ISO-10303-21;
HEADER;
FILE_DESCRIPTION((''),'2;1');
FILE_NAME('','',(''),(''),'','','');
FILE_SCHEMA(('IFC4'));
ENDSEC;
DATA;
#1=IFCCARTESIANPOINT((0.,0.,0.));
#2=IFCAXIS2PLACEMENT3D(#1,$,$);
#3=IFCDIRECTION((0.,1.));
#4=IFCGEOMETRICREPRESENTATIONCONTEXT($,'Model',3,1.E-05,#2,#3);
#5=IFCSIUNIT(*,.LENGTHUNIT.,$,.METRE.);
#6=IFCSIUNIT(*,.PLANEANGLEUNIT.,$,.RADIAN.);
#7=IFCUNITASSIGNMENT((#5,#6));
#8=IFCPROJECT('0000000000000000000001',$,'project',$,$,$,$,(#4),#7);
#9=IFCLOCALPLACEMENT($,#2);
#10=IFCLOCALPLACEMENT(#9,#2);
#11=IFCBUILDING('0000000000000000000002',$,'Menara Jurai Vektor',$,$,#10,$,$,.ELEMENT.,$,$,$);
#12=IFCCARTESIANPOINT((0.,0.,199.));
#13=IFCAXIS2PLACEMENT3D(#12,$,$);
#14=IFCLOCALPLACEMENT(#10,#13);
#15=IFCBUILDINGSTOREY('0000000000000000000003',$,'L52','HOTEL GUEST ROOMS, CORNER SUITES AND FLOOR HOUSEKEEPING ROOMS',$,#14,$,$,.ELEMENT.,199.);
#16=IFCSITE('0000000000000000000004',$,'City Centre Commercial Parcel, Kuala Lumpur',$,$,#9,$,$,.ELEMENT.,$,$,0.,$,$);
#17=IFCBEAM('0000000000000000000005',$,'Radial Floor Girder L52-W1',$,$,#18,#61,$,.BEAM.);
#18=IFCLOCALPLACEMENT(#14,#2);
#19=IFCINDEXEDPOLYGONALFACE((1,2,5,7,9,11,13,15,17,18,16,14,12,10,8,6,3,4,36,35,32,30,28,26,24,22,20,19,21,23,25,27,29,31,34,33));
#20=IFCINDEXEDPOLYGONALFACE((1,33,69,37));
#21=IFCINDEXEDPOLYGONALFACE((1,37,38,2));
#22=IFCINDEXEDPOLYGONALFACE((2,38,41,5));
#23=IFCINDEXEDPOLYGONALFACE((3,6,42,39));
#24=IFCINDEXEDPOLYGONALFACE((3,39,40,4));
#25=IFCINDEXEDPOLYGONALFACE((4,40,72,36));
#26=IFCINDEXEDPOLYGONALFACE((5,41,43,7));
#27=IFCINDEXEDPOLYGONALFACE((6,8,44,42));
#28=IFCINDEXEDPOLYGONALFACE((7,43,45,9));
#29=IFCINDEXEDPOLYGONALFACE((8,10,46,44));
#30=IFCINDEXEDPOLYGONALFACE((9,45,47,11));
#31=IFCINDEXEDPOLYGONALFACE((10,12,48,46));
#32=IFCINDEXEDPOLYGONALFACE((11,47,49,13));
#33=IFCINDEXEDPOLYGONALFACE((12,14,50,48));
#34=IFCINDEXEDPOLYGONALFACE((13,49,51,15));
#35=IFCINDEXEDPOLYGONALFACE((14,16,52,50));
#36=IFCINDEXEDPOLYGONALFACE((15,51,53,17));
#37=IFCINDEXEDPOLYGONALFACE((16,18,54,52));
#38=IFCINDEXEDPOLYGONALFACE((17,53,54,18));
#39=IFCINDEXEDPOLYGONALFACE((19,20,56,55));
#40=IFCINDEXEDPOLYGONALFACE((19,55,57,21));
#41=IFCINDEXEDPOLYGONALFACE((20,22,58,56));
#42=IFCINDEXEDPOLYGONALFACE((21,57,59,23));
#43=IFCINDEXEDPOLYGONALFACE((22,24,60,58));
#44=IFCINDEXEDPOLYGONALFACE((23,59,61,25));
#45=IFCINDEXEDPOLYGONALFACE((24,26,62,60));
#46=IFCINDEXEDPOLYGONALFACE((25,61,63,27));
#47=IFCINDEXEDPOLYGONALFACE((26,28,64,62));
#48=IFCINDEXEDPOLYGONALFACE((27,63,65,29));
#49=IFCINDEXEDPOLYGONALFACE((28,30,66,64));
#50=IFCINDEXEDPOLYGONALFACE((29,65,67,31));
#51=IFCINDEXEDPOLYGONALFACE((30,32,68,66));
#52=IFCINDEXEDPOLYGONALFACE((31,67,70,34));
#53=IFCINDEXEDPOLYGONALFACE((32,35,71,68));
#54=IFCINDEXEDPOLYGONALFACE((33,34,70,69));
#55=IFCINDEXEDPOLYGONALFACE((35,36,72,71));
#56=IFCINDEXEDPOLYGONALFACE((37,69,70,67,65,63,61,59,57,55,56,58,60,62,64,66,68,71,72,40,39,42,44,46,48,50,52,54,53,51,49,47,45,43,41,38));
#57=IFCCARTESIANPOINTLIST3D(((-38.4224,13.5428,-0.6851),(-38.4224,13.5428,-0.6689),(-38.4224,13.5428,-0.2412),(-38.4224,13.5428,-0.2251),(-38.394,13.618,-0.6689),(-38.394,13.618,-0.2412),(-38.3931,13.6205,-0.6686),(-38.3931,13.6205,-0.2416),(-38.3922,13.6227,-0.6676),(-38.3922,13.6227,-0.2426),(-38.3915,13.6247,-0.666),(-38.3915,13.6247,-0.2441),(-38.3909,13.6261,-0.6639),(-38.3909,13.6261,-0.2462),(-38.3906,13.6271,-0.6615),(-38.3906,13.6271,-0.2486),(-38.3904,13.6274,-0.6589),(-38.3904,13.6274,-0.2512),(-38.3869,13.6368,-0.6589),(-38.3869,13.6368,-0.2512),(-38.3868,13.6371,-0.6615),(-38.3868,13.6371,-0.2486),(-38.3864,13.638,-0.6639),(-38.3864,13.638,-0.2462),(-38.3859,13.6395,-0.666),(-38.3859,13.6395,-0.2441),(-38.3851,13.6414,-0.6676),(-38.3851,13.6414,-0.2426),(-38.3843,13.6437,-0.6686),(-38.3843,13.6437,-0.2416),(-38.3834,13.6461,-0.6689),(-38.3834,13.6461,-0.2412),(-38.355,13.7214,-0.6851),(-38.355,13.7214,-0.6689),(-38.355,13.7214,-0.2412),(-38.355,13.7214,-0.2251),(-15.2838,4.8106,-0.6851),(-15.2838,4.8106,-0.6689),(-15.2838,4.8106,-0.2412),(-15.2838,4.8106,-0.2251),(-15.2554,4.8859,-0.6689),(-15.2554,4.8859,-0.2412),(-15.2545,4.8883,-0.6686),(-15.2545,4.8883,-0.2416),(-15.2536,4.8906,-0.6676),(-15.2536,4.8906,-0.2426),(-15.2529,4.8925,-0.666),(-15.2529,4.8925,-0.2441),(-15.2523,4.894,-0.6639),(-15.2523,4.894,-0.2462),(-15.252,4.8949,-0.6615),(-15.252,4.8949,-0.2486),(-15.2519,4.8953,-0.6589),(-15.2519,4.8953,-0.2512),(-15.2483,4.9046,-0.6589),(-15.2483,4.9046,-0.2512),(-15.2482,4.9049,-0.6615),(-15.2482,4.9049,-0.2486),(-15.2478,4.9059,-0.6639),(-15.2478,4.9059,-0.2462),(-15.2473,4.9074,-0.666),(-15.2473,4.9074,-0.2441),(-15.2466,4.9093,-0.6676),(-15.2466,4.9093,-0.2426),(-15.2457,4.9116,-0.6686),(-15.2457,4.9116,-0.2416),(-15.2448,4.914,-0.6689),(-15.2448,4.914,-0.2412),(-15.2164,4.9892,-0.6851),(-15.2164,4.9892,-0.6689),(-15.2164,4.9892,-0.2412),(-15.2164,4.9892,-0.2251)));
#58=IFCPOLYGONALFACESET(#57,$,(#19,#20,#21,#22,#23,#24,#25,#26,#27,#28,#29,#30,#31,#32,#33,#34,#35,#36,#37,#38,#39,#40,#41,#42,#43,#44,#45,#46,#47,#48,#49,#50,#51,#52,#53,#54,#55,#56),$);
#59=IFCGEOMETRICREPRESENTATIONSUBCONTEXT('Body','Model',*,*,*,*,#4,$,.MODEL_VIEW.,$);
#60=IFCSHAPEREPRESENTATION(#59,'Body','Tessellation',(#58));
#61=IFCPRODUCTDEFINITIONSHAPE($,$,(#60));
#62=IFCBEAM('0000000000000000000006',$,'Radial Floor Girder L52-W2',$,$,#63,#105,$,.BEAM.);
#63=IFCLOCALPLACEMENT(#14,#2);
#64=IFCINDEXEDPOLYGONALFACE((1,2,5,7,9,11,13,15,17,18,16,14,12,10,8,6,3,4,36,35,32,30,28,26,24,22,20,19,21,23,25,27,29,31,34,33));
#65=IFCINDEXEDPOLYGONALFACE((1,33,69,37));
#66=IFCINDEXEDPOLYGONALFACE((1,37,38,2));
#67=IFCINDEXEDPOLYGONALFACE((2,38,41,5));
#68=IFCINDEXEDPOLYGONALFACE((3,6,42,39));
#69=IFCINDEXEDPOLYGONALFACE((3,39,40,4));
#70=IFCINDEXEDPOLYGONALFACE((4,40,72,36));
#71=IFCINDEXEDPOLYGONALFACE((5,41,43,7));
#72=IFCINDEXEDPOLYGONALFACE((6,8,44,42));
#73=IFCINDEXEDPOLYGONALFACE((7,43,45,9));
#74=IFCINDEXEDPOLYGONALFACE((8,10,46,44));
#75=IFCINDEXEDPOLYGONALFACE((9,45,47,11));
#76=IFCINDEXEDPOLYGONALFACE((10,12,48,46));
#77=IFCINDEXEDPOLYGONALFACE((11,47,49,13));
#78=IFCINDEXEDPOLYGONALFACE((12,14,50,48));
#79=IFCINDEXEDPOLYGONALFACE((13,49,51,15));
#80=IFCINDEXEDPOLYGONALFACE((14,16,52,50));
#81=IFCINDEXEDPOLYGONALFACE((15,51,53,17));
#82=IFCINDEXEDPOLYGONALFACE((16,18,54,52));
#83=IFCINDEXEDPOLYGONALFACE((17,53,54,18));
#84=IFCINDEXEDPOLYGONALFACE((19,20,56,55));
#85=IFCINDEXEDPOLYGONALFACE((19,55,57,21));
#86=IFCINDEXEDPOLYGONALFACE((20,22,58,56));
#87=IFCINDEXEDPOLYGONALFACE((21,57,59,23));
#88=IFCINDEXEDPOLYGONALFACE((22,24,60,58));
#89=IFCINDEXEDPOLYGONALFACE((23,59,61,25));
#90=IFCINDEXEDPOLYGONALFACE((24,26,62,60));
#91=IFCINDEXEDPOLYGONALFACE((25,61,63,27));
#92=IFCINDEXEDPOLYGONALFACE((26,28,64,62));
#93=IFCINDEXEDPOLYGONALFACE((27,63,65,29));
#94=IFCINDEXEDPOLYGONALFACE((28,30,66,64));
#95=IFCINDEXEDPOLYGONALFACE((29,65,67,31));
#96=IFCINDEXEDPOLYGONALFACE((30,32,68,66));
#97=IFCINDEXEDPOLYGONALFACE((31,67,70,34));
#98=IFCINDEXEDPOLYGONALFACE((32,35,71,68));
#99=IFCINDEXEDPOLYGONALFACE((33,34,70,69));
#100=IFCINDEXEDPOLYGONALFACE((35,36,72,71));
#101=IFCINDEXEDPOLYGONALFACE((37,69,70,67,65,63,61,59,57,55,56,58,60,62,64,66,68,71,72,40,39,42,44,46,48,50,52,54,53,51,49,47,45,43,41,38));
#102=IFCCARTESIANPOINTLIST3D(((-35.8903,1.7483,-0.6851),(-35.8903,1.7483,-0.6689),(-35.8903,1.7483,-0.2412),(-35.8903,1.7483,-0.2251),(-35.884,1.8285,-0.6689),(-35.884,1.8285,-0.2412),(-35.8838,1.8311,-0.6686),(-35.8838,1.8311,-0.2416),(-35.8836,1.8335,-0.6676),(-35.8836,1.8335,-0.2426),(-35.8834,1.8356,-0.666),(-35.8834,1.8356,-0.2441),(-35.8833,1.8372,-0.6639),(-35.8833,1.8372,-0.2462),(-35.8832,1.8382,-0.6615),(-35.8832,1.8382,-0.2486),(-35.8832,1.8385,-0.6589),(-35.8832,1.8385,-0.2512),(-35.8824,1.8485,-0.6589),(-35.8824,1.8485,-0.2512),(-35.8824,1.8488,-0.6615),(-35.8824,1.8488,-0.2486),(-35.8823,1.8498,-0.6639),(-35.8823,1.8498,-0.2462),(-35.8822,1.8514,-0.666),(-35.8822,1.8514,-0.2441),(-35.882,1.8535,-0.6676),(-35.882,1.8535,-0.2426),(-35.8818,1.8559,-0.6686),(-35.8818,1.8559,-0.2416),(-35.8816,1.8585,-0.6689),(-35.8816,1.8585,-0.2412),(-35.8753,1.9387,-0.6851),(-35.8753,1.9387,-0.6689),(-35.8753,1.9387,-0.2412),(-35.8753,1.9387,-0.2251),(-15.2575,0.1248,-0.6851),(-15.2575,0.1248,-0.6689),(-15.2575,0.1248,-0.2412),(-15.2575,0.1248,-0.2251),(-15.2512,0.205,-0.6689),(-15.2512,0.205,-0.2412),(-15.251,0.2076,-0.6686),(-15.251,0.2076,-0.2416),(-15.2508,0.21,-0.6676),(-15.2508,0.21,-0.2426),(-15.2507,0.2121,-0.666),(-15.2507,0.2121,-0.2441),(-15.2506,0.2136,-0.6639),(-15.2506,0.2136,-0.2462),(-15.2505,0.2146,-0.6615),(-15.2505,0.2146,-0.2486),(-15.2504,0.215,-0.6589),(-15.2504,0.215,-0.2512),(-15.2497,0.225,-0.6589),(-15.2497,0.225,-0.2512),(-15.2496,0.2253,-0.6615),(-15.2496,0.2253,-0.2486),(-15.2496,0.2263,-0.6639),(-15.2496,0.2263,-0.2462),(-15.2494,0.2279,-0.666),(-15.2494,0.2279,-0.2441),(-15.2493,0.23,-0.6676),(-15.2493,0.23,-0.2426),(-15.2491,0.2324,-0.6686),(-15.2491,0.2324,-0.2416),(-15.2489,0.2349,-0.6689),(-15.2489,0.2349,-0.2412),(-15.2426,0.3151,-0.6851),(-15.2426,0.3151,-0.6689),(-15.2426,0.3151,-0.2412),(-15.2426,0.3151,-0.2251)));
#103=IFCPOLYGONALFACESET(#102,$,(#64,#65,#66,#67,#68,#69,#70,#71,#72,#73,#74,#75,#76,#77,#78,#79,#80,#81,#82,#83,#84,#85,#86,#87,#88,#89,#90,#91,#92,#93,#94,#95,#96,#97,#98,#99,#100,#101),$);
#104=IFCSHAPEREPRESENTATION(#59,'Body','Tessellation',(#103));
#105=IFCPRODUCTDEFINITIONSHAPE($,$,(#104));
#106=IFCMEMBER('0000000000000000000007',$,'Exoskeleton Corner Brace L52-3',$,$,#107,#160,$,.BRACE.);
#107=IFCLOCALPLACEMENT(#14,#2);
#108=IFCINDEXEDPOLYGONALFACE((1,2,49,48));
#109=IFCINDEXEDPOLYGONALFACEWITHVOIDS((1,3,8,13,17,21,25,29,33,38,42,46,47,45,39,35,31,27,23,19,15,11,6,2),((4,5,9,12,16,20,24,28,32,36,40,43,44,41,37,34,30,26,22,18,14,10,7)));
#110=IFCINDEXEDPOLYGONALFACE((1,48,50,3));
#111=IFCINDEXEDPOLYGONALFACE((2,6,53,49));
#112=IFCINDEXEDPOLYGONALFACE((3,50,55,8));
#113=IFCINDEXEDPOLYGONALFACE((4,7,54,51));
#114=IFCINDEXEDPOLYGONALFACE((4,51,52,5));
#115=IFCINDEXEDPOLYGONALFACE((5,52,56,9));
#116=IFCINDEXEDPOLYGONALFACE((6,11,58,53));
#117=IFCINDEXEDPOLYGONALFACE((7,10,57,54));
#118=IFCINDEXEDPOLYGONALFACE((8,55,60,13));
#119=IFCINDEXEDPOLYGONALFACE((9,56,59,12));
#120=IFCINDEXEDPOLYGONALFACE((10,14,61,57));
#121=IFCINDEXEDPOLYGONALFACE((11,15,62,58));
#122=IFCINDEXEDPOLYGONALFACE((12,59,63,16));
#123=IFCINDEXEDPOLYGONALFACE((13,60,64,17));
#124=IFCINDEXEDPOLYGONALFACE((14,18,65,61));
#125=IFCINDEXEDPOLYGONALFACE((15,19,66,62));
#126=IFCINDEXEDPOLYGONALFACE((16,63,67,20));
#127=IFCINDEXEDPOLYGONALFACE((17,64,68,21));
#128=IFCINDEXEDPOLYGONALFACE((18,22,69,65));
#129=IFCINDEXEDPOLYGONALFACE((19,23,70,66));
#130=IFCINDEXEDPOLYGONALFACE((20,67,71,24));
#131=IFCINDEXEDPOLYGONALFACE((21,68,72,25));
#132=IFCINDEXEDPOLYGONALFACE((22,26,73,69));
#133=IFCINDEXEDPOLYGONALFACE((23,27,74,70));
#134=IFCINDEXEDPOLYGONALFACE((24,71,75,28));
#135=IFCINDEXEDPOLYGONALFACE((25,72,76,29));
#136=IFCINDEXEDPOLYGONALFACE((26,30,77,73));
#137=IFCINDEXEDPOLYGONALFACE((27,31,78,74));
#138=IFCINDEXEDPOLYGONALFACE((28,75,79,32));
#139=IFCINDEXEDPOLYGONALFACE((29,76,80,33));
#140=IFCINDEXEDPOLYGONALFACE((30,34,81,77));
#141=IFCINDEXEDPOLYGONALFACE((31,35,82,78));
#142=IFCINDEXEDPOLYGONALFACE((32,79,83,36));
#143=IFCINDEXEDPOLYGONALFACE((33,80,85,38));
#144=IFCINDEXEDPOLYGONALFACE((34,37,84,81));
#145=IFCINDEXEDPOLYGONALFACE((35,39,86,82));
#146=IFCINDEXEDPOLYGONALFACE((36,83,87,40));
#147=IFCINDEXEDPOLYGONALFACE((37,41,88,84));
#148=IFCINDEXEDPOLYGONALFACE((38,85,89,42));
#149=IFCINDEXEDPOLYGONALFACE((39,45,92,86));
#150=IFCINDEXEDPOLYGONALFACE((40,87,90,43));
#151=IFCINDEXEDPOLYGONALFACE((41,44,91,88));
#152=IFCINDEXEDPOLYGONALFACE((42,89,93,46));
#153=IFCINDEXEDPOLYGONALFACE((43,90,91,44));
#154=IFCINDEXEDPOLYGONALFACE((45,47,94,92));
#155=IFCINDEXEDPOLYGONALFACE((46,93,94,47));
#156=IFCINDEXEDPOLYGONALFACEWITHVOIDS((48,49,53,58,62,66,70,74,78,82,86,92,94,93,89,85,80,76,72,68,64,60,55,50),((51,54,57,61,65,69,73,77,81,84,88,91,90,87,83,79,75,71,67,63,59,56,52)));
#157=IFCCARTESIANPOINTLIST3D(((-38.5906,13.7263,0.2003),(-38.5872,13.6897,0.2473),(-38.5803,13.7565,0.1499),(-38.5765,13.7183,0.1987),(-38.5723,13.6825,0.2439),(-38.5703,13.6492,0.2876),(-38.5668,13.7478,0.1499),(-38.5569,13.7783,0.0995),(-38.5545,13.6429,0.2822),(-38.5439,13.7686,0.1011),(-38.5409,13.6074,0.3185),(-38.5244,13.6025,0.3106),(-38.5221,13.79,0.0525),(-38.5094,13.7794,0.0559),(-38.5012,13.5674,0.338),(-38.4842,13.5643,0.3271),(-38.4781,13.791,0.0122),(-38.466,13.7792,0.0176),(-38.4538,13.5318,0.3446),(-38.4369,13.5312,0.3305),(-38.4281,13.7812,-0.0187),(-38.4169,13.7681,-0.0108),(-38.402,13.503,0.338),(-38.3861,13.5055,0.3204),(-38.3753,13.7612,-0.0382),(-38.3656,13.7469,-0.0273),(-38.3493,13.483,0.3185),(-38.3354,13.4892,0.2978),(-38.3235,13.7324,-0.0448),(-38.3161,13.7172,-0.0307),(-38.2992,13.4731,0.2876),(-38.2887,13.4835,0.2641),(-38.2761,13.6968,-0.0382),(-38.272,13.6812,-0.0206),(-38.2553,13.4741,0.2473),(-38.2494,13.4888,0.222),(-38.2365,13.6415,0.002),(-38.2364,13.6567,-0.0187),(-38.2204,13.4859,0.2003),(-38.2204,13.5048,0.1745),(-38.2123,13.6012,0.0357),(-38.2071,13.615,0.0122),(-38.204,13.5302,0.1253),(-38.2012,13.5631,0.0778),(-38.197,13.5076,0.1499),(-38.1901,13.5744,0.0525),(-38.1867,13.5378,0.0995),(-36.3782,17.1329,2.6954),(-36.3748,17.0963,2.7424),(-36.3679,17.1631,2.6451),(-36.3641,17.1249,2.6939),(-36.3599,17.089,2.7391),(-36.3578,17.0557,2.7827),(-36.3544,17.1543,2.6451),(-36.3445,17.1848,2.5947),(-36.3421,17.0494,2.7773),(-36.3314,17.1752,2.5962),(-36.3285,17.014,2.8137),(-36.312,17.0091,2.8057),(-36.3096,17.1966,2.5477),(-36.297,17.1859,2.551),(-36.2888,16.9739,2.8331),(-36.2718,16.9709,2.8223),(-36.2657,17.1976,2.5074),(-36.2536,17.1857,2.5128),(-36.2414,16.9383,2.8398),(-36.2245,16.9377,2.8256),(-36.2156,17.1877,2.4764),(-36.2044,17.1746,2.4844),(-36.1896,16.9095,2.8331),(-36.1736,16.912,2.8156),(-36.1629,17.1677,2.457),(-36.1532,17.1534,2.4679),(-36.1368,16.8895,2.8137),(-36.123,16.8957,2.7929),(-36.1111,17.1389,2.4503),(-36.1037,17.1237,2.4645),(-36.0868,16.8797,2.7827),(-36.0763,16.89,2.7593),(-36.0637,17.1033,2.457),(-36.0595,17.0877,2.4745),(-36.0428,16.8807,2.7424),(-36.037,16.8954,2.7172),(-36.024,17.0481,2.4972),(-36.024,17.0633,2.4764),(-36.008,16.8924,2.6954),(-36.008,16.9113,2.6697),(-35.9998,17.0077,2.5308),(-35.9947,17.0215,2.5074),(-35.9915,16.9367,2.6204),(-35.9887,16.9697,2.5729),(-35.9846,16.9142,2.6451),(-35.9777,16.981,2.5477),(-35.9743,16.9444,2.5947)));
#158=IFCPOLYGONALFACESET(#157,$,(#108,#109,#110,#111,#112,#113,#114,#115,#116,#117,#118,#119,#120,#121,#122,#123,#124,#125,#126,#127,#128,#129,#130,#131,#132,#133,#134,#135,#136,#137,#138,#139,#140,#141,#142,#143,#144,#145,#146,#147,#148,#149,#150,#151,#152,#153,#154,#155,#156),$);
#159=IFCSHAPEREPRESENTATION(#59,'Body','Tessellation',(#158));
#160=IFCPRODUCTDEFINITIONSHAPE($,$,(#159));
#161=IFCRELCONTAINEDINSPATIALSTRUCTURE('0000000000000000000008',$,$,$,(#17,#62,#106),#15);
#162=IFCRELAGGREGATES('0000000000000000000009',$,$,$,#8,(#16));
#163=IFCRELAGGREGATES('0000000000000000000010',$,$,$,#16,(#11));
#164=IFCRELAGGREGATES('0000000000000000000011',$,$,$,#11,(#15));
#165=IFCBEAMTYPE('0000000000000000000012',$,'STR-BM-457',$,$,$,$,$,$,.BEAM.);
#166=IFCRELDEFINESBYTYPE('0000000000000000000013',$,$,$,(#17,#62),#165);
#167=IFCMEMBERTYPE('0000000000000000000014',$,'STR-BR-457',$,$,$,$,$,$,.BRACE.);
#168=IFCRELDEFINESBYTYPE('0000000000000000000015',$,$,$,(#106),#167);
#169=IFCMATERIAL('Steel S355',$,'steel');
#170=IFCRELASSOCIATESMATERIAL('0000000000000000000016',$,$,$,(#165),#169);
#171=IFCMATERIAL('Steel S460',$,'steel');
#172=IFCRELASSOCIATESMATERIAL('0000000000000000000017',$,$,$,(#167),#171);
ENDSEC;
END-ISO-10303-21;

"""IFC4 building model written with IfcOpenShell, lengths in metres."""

from ifc_helpers import new_model, si_unit, direction, frame, origin, origin_2d, place, context, subcontext, project, spatial, hollow_circle, i_section, extrude, material, material_profile, profile_set, type_object, element, save


model = new_model("IFC4")

# Units and contexts
model_context = context("Model", 3, precision=1e-05, world=origin(), true_north=direction((0.0, 1.0)))
body_context = subcontext(model_context, "Body", "Model", "MODEL_VIEW")
ifc_project = project(units=[si_unit("LENGTHUNIT", "METRE"), si_unit("PLANEANGLEUNIT", "RADIAN")], contexts=[model_context])

# Site, building, storey
site_placement = place(None, origin())
site = spatial("IfcSite", under=ifc_project, at=site_placement, Name="City Centre Commercial Parcel, Kuala Lumpur", CompositionType="ELEMENT", RefElevation=0.0)
building_placement = place(site_placement, origin())
building = spatial("IfcBuilding", under=site, at=building_placement, Name="Menara Jurai Vektor", CompositionType="ELEMENT")
storey_placement = place(building_placement, frame((0.0, 0.0, 199.0)))
storey = spatial("IfcBuildingStorey", under=building, at=storey_placement, Name="L52", Description="HOTEL GUEST ROOMS, CORNER SUITES AND FLOOR HOUSEKEEPING ROOMS", CompositionType="ELEMENT", Elevation=199.0)

# Shared definitions
ifc_material_1 = material(Name="Steel S460", Category="steel")

# Beams
ifc_material_2 = material(Name="Steel S355", Category="steel")
ifc_material_profile_1 = material_profile(ifc_material_2, i_section(OverallWidth=0.1909, OverallDepth=0.46, WebThickness=0.01, FlangeThickness=0.0161, FilletRadius=0.01, at=origin_2d()), Name="UKB 457x191x82")
ifc_profile_set_1 = profile_set([ifc_material_profile_1], Name="Steel S355")
beam_type_1 = type_object("IfcBeamType", Name="STR-BM-457", PredefinedType="BEAM", material=ifc_profile_set_1)
beam_1_placement = place(storey_placement, frame((-38.3887, 13.6321, -0.4551), z_axis=(0.935594, -0.353079, 0.0), x_axis=(0.353079, 0.935594, 0.0)))
element("IfcBeam", 1, at=beam_1_placement, inside=storey, type_object=beam_type_1, Name="Radial Floor Girder L52-W1", PredefinedType="BEAM", context=body_context, shape_type="SweptSolid", body=[
    extrude(i_section(OverallWidth=0.1909, OverallDepth=0.46, WebThickness=0.01, FlangeThickness=0.0161, FilletRadius=0.01, at=origin_2d()), origin(), (0.0, 0.0, 1.0), 24.7314),
])
beam_2_placement = place(storey_placement, frame((-35.8828, 1.8435, -0.4551), z_axis=(0.996918, -0.078445, 0.0), x_axis=(0.078445, 0.996918, 0.0)))
element("IfcBeam", 2, at=beam_2_placement, inside=storey, type_object=beam_type_1, Name="Radial Floor Girder L52-W2", PredefinedType="BEAM", context=body_context, shape_type="SweptSolid", body=[
    extrude(i_section(OverallWidth=0.1909, OverallDepth=0.46, WebThickness=0.01, FlangeThickness=0.0161, FilletRadius=0.01, at=origin_2d()), origin(), (0.0, 0.0, 1.0), 20.6965),
])

# Member
ifc_material_profile_2 = material_profile(ifc_material_1, hollow_circle(Radius=0.2285, WallThickness=0.0161, at=origin_2d()), Name="CHS 457x16")
ifc_profile_set_2 = profile_set([ifc_material_profile_2], Name="Steel S460")
member_type_1 = type_object("IfcMemberType", Name="STR-BR-457", PredefinedType="BRACE", material=ifc_profile_set_2)
member_1_placement = place(storey_placement, frame((-38.3887, 13.6321, 0.1499), z_axis=(0.464105, 0.714595, 0.523412), x_axis=(-0.838648, 0.544674, 0.0)))
element("IfcMember", 3, at=member_1_placement, inside=storey, type_object=member_type_1, Name="Exoskeleton Corner Brace L52-3", PredefinedType="BRACE", context=body_context, shape_type="SweptSolid", body=[
    extrude(hollow_circle(Radius=0.2285, WallThickness=0.0161, at=origin_2d()), origin(), (0.0, 0.0, 1.0), 4.7671),
])

save(model, "model.ifc")
